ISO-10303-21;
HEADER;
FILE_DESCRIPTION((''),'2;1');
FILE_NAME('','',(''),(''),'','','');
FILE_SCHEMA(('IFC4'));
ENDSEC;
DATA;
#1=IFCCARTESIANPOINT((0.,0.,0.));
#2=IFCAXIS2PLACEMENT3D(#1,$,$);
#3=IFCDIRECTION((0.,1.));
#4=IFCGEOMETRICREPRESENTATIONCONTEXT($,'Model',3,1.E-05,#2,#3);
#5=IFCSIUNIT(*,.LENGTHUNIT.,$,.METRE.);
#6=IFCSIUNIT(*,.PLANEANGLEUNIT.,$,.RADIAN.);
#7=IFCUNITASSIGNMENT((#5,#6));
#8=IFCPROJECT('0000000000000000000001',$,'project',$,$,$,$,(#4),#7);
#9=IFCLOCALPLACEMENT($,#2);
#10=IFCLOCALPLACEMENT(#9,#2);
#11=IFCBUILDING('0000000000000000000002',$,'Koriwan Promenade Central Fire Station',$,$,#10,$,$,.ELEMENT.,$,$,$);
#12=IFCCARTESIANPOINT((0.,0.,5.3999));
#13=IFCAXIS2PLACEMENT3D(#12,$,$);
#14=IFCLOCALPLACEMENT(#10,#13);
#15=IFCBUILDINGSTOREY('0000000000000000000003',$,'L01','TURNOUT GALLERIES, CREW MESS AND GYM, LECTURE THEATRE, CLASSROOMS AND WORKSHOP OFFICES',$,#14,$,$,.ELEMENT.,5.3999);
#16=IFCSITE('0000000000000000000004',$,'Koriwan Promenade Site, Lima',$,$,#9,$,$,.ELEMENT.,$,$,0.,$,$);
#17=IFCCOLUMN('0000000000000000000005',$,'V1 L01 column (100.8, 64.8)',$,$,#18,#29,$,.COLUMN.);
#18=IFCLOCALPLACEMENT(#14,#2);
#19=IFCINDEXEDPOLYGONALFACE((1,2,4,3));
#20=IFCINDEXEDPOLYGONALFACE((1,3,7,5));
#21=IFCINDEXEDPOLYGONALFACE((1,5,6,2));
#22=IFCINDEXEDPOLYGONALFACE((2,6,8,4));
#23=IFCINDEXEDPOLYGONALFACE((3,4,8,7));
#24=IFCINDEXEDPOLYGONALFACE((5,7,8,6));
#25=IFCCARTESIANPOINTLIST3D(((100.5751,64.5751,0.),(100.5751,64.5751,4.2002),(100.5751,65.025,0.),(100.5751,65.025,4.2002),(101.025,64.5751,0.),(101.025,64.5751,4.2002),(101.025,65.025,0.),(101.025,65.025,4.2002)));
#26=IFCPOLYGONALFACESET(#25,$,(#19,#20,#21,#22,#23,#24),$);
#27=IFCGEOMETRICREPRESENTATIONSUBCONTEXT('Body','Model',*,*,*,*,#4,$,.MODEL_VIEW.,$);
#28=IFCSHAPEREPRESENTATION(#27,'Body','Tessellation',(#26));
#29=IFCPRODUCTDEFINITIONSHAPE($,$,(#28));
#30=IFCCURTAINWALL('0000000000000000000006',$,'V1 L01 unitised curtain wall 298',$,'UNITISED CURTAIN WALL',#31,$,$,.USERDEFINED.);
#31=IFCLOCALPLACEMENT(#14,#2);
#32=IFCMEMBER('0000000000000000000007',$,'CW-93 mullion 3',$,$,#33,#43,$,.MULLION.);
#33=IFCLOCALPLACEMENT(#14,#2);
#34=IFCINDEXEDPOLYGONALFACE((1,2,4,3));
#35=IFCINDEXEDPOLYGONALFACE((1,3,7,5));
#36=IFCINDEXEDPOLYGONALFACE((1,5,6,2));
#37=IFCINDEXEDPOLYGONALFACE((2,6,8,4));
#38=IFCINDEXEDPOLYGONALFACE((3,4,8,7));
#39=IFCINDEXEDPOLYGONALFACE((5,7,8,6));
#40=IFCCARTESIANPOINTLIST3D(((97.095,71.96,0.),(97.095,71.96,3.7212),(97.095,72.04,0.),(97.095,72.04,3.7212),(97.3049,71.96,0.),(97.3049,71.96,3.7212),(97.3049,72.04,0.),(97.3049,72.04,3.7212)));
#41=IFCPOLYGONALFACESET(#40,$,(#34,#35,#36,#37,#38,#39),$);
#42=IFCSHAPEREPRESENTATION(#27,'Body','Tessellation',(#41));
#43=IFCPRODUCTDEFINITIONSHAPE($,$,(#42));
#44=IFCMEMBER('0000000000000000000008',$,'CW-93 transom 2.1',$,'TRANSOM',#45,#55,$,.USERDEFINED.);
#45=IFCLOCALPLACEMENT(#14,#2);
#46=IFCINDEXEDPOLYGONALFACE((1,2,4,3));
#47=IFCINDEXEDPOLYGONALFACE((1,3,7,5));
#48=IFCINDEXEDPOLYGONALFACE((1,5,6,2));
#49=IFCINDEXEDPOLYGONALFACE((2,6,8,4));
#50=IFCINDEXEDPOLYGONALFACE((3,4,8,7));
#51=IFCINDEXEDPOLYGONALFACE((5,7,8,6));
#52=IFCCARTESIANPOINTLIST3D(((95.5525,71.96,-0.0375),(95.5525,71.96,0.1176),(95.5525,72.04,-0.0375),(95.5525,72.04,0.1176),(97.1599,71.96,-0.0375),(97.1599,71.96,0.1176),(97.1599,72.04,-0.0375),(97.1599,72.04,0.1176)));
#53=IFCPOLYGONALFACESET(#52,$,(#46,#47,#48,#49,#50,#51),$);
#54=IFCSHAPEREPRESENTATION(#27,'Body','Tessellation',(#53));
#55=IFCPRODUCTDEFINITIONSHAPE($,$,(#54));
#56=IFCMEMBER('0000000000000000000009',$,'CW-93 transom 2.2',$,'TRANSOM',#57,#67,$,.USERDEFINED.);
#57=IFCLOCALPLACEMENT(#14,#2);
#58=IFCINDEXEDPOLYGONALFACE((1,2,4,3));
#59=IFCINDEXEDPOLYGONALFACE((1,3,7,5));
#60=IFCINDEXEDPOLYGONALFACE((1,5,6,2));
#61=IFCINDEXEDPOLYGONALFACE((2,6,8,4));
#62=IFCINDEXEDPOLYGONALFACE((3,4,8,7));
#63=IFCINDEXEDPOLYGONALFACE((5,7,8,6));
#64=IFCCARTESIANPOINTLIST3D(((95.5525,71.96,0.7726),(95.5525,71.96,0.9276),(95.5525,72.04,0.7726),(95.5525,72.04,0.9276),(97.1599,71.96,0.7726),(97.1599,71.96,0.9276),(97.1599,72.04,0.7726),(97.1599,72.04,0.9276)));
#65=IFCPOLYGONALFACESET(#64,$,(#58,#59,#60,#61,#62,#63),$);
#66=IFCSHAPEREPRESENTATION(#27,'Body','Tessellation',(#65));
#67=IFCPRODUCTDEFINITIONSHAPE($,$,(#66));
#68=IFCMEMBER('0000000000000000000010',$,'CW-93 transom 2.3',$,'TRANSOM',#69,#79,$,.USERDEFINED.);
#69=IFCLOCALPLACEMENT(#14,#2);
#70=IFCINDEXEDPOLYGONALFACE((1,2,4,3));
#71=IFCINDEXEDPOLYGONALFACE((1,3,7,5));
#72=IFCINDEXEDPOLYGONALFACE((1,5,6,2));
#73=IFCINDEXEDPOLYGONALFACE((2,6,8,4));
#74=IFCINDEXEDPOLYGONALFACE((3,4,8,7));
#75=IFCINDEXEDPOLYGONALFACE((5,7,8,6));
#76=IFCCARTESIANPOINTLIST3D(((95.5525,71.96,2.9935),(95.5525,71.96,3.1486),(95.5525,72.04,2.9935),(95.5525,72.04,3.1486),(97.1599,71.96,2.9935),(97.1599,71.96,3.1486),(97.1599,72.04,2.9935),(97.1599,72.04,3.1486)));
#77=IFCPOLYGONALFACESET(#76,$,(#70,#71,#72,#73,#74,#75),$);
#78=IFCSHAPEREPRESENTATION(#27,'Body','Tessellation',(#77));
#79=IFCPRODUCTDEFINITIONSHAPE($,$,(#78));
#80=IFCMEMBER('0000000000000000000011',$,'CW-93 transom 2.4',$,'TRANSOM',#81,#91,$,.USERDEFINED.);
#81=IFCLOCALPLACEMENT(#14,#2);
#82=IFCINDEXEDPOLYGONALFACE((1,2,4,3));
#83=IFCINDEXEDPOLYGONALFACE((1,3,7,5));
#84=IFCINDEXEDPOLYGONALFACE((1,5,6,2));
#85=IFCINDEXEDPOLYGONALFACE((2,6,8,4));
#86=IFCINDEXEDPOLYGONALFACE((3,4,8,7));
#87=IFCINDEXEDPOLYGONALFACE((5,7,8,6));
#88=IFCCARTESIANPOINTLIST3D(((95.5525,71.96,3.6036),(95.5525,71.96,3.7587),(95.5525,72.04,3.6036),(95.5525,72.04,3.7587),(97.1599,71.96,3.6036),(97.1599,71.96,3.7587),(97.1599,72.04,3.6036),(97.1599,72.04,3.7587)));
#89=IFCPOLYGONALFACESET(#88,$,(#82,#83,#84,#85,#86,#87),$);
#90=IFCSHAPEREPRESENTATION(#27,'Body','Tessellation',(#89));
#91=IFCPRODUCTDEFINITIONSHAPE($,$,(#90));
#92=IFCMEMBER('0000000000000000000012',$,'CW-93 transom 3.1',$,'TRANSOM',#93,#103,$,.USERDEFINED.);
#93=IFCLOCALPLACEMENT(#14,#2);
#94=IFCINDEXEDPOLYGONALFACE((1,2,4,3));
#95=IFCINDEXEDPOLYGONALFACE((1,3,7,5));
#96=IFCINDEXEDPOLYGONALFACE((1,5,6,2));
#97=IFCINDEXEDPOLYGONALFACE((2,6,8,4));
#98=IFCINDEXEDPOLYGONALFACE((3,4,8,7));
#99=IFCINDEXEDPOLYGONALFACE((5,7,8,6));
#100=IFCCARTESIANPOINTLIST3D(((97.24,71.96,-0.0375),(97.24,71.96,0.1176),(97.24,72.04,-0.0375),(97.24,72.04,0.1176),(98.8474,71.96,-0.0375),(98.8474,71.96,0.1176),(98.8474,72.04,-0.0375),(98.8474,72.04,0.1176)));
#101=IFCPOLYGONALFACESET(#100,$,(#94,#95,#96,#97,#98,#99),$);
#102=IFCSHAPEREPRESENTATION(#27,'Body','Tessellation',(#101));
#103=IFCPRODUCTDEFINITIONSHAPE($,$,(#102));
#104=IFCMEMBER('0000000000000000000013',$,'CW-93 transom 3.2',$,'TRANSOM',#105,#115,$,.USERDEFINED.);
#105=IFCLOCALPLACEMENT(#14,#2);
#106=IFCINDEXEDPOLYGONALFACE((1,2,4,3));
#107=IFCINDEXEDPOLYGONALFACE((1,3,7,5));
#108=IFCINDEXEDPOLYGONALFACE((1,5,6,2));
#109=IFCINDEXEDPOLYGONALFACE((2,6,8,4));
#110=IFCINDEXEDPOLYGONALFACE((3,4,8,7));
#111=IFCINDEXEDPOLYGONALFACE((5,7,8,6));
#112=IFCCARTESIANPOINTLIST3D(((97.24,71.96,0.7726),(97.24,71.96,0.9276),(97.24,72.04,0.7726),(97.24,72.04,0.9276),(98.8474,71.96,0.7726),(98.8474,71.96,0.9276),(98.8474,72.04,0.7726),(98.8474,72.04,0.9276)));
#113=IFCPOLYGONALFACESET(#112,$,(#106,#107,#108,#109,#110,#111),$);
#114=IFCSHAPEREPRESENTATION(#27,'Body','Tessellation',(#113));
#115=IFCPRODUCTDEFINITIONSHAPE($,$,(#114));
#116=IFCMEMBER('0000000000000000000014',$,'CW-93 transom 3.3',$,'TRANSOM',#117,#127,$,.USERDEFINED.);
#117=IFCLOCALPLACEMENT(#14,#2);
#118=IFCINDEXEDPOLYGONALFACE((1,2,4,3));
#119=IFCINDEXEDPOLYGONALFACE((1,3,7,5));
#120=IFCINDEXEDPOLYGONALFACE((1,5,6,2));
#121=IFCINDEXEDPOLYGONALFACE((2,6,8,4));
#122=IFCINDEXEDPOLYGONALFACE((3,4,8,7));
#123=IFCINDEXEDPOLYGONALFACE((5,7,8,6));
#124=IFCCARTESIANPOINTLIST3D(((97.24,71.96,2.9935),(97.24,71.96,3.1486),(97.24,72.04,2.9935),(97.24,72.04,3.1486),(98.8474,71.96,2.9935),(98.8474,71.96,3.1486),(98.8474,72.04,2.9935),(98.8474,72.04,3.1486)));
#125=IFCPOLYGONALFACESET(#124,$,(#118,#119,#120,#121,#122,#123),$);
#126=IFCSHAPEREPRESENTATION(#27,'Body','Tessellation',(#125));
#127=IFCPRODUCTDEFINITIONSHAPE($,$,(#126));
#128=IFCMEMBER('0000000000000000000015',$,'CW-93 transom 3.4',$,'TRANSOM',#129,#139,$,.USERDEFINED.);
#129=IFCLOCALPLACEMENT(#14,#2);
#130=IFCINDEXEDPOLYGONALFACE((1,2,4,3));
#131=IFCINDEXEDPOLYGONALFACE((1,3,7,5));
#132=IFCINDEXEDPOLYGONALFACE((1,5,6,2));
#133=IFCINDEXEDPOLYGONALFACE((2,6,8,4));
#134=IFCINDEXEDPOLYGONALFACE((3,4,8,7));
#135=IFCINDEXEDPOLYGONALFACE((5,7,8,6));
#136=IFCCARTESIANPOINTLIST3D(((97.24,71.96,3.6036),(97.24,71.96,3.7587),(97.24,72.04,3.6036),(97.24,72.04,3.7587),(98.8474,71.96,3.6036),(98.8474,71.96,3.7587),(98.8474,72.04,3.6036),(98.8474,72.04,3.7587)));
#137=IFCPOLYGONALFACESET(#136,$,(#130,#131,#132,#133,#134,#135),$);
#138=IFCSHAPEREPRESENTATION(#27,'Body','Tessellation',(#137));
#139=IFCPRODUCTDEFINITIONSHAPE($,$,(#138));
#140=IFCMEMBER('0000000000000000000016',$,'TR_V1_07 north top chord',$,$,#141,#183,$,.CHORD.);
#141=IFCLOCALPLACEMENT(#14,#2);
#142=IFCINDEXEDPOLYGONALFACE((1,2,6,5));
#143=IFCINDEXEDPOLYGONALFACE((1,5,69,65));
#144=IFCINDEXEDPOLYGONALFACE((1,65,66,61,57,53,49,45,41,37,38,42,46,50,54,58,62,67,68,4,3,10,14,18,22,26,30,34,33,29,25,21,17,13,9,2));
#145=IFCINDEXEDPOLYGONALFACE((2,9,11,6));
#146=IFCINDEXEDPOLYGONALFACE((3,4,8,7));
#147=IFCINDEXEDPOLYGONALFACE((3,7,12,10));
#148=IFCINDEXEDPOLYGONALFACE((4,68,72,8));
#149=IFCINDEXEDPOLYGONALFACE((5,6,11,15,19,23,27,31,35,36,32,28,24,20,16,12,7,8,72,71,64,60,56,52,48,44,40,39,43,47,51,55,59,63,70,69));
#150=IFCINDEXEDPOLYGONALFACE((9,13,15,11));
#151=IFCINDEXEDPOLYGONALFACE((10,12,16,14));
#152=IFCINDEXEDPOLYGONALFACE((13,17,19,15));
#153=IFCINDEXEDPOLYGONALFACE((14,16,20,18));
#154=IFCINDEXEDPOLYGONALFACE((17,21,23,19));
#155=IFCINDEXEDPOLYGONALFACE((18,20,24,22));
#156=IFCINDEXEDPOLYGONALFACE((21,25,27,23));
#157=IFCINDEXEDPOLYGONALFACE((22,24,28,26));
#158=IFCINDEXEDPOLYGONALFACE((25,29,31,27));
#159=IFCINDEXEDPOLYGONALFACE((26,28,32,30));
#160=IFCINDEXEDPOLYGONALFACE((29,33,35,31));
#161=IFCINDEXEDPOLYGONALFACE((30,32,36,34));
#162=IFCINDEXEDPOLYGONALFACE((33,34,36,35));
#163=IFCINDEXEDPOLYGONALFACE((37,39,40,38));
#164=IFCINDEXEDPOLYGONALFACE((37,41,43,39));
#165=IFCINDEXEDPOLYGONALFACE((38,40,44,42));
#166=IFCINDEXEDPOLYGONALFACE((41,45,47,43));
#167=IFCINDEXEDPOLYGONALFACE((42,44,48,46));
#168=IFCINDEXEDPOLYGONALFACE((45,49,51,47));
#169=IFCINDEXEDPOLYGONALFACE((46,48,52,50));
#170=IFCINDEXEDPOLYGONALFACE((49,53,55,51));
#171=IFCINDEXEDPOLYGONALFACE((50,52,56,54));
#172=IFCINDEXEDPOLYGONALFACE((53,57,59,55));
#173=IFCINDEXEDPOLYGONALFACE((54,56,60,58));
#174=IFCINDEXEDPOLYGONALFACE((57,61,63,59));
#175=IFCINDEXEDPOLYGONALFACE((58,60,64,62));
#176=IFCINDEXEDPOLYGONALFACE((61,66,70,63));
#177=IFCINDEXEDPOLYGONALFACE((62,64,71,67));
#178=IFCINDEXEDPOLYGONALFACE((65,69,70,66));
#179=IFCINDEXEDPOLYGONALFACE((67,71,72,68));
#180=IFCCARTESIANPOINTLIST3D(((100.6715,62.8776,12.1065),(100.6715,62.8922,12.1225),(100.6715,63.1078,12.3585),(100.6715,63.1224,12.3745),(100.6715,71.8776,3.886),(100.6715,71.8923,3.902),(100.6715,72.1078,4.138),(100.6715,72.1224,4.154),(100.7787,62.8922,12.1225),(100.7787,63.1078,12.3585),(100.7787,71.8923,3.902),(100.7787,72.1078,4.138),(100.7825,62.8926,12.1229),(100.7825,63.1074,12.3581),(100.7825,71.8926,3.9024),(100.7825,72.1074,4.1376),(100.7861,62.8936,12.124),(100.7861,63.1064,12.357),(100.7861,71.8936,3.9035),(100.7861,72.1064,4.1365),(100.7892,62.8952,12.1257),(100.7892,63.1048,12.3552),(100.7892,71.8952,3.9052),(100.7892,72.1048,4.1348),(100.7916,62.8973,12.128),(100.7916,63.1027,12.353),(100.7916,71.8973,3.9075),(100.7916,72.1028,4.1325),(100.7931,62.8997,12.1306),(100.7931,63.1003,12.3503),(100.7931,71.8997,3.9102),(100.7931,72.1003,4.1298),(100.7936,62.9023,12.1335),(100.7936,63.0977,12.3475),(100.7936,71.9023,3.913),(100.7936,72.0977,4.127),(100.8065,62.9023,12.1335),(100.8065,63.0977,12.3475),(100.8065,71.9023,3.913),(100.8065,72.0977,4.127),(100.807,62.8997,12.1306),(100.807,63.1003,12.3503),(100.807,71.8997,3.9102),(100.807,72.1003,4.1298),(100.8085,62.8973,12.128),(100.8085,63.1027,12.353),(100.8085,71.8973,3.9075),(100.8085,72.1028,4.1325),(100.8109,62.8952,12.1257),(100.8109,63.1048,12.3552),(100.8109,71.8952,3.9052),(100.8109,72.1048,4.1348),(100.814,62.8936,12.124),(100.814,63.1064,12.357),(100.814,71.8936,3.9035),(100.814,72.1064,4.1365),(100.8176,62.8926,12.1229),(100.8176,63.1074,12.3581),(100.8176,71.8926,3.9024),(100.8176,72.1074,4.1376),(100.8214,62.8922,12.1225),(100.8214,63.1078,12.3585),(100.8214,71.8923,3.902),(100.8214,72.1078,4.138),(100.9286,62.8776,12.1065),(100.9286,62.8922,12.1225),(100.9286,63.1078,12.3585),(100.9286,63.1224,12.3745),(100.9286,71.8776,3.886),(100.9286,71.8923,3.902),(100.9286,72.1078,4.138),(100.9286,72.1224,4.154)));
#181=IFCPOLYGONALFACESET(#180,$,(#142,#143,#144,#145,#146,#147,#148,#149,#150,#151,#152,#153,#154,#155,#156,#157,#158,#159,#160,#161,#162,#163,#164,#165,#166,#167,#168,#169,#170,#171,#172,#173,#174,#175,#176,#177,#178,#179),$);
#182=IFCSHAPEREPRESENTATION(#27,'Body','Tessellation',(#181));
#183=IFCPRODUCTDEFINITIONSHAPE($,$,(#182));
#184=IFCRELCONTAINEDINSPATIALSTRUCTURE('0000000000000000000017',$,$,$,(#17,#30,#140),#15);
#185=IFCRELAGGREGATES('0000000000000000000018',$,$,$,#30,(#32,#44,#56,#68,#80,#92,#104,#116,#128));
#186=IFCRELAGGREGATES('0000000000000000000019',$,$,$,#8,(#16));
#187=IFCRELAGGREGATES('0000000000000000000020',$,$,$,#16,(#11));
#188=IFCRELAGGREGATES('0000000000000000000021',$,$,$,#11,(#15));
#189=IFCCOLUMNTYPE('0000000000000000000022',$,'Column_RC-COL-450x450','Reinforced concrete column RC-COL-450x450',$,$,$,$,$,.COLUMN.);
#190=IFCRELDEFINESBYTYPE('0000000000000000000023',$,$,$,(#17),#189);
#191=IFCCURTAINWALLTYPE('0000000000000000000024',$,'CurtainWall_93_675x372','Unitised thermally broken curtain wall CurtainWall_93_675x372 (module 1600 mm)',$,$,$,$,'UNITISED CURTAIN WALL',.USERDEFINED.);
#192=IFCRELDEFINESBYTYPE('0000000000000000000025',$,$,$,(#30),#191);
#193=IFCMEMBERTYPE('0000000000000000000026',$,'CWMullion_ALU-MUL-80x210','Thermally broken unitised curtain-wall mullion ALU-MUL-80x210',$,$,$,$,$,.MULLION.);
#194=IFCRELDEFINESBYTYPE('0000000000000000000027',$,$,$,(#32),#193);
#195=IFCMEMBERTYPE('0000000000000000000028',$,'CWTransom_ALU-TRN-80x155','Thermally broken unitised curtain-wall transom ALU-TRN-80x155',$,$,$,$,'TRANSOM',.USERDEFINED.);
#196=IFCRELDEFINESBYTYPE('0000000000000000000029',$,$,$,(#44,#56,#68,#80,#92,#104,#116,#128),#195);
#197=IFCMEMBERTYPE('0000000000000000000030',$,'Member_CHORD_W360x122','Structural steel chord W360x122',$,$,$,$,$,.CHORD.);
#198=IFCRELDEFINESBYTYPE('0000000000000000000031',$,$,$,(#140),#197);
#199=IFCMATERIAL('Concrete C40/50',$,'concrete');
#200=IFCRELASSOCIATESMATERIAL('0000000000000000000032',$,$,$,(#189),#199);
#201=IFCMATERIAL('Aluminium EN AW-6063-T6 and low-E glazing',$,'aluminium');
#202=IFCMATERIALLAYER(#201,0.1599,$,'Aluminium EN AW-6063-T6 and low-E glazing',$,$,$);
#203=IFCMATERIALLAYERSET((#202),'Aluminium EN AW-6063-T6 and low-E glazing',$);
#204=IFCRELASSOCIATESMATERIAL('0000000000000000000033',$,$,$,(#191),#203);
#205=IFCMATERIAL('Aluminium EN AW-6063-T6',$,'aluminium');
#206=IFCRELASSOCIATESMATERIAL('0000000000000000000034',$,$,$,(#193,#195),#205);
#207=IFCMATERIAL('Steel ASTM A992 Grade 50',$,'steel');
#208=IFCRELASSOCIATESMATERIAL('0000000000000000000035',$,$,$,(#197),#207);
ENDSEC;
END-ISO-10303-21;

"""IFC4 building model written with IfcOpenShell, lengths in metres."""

from ifc_helpers import new_model, si_unit, direction, frame, origin, origin_2d, place, context, subcontext, project, spatial, rectangle, i_section, extrude, material, layer, layer_set, material_profile, profile_set, type_object, element, aggregate, save


model = new_model("IFC4")

# Units and contexts
model_context = context("Model", 3, precision=1e-05, world=origin(), true_north=direction((0.0, 1.0)))
body_context = subcontext(model_context, "Body", "Model", "MODEL_VIEW")
ifc_project = project(units=[si_unit("LENGTHUNIT", "METRE"), si_unit("PLANEANGLEUNIT", "RADIAN")], contexts=[model_context])

# Site, building, storey
site_placement = place(None, origin())
site = spatial("IfcSite", under=ifc_project, at=site_placement, Name="Koriwan Promenade Site, Lima", CompositionType="ELEMENT", RefElevation=0.0)
building_placement = place(site_placement, origin())
building = spatial("IfcBuilding", under=site, at=building_placement, Name="Koriwan Promenade Central Fire Station", CompositionType="ELEMENT")
storey_placement = place(building_placement, frame((0.0, 0.0, 5.3999)))
storey = spatial("IfcBuildingStorey", under=building, at=storey_placement, Name="L01", Description="TURNOUT GALLERIES, CREW MESS AND GYM, LECTURE THEATRE, CLASSROOMS AND WORKSHOP OFFICES", CompositionType="ELEMENT", Elevation=5.3999)

# Column
ifc_material_1 = material(Name="Concrete C40/50", Category="concrete")
ifc_material_profile_1 = material_profile(ifc_material_1, rectangle(XDim=0.45, YDim=0.45, at=origin_2d()), Name="RC-COL-450x450")
ifc_profile_set_1 = profile_set([ifc_material_profile_1], Name="Concrete C40/50")
column_type = type_object("IfcColumnType", Name="Column_RC-COL-450x450", Description="Reinforced concrete column RC-COL-450x450", PredefinedType="COLUMN", material=ifc_profile_set_1)
column_placement = place(storey_placement, frame((100.8, 64.8, 0.0), z_axis=(0.0, 0.0, 1.0), x_axis=(1.0, 0.0, 0.0)))
element("IfcColumn", 1, at=column_placement, inside=storey, type_object=column_type, Name="V1 L01 column (100.8, 64.8)", PredefinedType="COLUMN", context=body_context, shape_type="SweptSolid", body=[
    extrude(rectangle(XDim=0.45, YDim=0.45, at=origin_2d()), origin(), (0.0, 0.0, 1.0), 4.2002),
])

# Curtain wall, members
ifc_material_2 = material(Name="Aluminium EN AW-6063-T6 and low-E glazing", Category="aluminium")
ifc_layer_1 = layer(ifc_material_2, 0.1599, Name="Aluminium EN AW-6063-T6 and low-E glazing")
ifc_layer_set_1 = layer_set([ifc_layer_1], Name="Aluminium EN AW-6063-T6 and low-E glazing")
curtain_wall_type = type_object("IfcCurtainWallType", Name="CurtainWall_93_675x372", Description="Unitised thermally broken curtain wall CurtainWall_93_675x372 (module 1600 mm)", ElementType="UNITISED CURTAIN WALL", PredefinedType="USERDEFINED", material=ifc_layer_set_1)
curtain_wall_placement = place(storey_placement, origin())
curtain_wall = element("IfcCurtainWall", 2, at=curtain_wall_placement, inside=storey, type_object=curtain_wall_type, Name="V1 L01 unitised curtain wall 298", ObjectType="UNITISED CURTAIN WALL", PredefinedType="USERDEFINED")
ifc_material_3 = material(Name="Aluminium EN AW-6063-T6", Category="aluminium")
ifc_material_profile_2 = material_profile(ifc_material_3, rectangle(XDim=0.0801, YDim=0.21, at=origin_2d()), Name="ALU-MUL-80x210")
ifc_profile_set_2 = profile_set([ifc_material_profile_2], Name="Aluminium EN AW-6063-T6")
member_type_1 = type_object("IfcMemberType", Name="CWMullion_ALU-MUL-80x210", Description="Thermally broken unitised curtain-wall mullion ALU-MUL-80x210", PredefinedType="MULLION", material=ifc_profile_set_2)
member_1_placement = place(storey_placement, frame((97.2, 72.0, 0.0), z_axis=(0.0, 0.0, 1.0), x_axis=(0.0, 1.0, 0.0)))
member_1 = element("IfcMember", 3, at=member_1_placement, type_object=member_type_1, Name="CW-93 mullion 3", PredefinedType="MULLION", context=body_context, shape_type="SweptSolid", body=[
    extrude(rectangle(XDim=0.0801, YDim=0.21, at=origin_2d()), origin(), (0.0, 0.0, 1.0), 3.7212),
])
ifc_material_profile_3 = material_profile(ifc_material_3, rectangle(XDim=0.0801, YDim=0.155, at=origin_2d()), Name="ALU-TRN-80x155")
ifc_profile_set_3 = profile_set([ifc_material_profile_3], Name="Aluminium EN AW-6063-T6")
member_type_2 = type_object("IfcMemberType", Name="CWTransom_ALU-TRN-80x155", Description="Thermally broken unitised curtain-wall transom ALU-TRN-80x155", ElementType="TRANSOM", PredefinedType="USERDEFINED", material=ifc_profile_set_3)
member_2_placement = place(storey_placement, frame((95.5525, 72.0, 0.04), z_axis=(1.0, 0.0, 0.0), x_axis=(0.0, 1.0, 0.0)))
member_2 = element("IfcMember", 4, at=member_2_placement, type_object=member_type_2, Name="CW-93 transom 2.1", ObjectType="TRANSOM", PredefinedType="USERDEFINED", context=body_context, shape_type="SweptSolid", body=[
    extrude(rectangle(XDim=0.0801, YDim=0.155, at=origin_2d()), origin(), (0.0, 0.0, 1.0), 1.6074),
])
member_3_placement = place(storey_placement, frame((95.5525, 72.0, 0.8501), z_axis=(1.0, 0.0, 0.0), x_axis=(0.0, 1.0, 0.0)))
member_3 = element("IfcMember", 5, at=member_3_placement, type_object=member_type_2, Name="CW-93 transom 2.2", ObjectType="TRANSOM", PredefinedType="USERDEFINED", context=body_context, shape_type="SweptSolid", body=[
    extrude(rectangle(XDim=0.0801, YDim=0.155, at=origin_2d()), origin(), (0.0, 0.0, 1.0), 1.6074),
])
member_4_placement = place(storey_placement, frame((95.5525, 72.0, 3.071), z_axis=(1.0, 0.0, 0.0), x_axis=(0.0, 1.0, 0.0)))
member_4 = element("IfcMember", 6, at=member_4_placement, type_object=member_type_2, Name="CW-93 transom 2.3", ObjectType="TRANSOM", PredefinedType="USERDEFINED", context=body_context, shape_type="SweptSolid", body=[
    extrude(rectangle(XDim=0.0801, YDim=0.155, at=origin_2d()), origin(), (0.0, 0.0, 1.0), 1.6074),
])
member_5_placement = place(storey_placement, frame((95.5525, 72.0, 3.6812), z_axis=(1.0, 0.0, 0.0), x_axis=(0.0, 1.0, 0.0)))
member_5 = element("IfcMember", 7, at=member_5_placement, type_object=member_type_2, Name="CW-93 transom 2.4", ObjectType="TRANSOM", PredefinedType="USERDEFINED", context=body_context, shape_type="SweptSolid", body=[
    extrude(rectangle(XDim=0.0801, YDim=0.155, at=origin_2d()), origin(), (0.0, 0.0, 1.0), 1.6074),
])
member_6_placement = place(storey_placement, frame((97.24, 72.0, 0.04), z_axis=(1.0, 0.0, 0.0), x_axis=(0.0, 1.0, 0.0)))
member_6 = element("IfcMember", 8, at=member_6_placement, type_object=member_type_2, Name="CW-93 transom 3.1", ObjectType="TRANSOM", PredefinedType="USERDEFINED", context=body_context, shape_type="SweptSolid", body=[
    extrude(rectangle(XDim=0.0801, YDim=0.155, at=origin_2d()), origin(), (0.0, 0.0, 1.0), 1.6074),
])
member_7_placement = place(storey_placement, frame((97.24, 72.0, 0.8501), z_axis=(1.0, 0.0, 0.0), x_axis=(0.0, 1.0, 0.0)))
member_7 = element("IfcMember", 9, at=member_7_placement, type_object=member_type_2, Name="CW-93 transom 3.2", ObjectType="TRANSOM", PredefinedType="USERDEFINED", context=body_context, shape_type="SweptSolid", body=[
    extrude(rectangle(XDim=0.0801, YDim=0.155, at=origin_2d()), origin(), (0.0, 0.0, 1.0), 1.6074),
])
member_8_placement = place(storey_placement, frame((97.24, 72.0, 3.071), z_axis=(1.0, 0.0, 0.0), x_axis=(0.0, 1.0, 0.0)))
member_8 = element("IfcMember", 10, at=member_8_placement, type_object=member_type_2, Name="CW-93 transom 3.3", ObjectType="TRANSOM", PredefinedType="USERDEFINED", context=body_context, shape_type="SweptSolid", body=[
    extrude(rectangle(XDim=0.0801, YDim=0.155, at=origin_2d()), origin(), (0.0, 0.0, 1.0), 1.6074),
])
member_9_placement = place(storey_placement, frame((97.24, 72.0, 3.6812), z_axis=(1.0, 0.0, 0.0), x_axis=(0.0, 1.0, 0.0)))
member_9 = element("IfcMember", 11, at=member_9_placement, type_object=member_type_2, Name="CW-93 transom 3.4", ObjectType="TRANSOM", PredefinedType="USERDEFINED", context=body_context, shape_type="SweptSolid", body=[
    extrude(rectangle(XDim=0.0801, YDim=0.155, at=origin_2d()), origin(), (0.0, 0.0, 1.0), 1.6074),
])

# Member
ifc_material_4 = material(Name="Steel ASTM A992 Grade 50", Category="steel")
ifc_material_profile_4 = material_profile(ifc_material_4, i_section(OverallWidth=0.2571, OverallDepth=0.363, WebThickness=0.0129, FlangeThickness=0.0217, FilletRadius=0.0149, at=origin_2d()), Name="W360x122")
ifc_profile_set_4 = profile_set([ifc_material_profile_4], Name="Steel ASTM A992 Grade 50")
member_type_3 = type_object("IfcMemberType", Name="Member_CHORD_W360x122", Description="Structural steel chord W360x122", PredefinedType="CHORD", material=ifc_profile_set_4)
member_10_placement = place(storey_placement, frame((100.8, 63.0, 12.2405), z_axis=(0.0, 0.73836, -0.674407), x_axis=(-1.0, 0.0, 0.0)))
element("IfcMember", 12, at=member_10_placement, inside=storey, type_object=member_type_3, Name="TR_V1_07 north top chord", PredefinedType="CHORD", context=body_context, shape_type="SweptSolid", body=[
    extrude(i_section(OverallWidth=0.2571, OverallDepth=0.363, WebThickness=0.0129, FlangeThickness=0.0217, FilletRadius=0.0149, at=origin_2d()), origin(), (0.0, 0.0, 1.0), 12.1892),
])

aggregate(curtain_wall, [member_1, member_2, member_3, member_4, member_5, member_6, member_7, member_8, member_9])

save(model, "model.ifc")
